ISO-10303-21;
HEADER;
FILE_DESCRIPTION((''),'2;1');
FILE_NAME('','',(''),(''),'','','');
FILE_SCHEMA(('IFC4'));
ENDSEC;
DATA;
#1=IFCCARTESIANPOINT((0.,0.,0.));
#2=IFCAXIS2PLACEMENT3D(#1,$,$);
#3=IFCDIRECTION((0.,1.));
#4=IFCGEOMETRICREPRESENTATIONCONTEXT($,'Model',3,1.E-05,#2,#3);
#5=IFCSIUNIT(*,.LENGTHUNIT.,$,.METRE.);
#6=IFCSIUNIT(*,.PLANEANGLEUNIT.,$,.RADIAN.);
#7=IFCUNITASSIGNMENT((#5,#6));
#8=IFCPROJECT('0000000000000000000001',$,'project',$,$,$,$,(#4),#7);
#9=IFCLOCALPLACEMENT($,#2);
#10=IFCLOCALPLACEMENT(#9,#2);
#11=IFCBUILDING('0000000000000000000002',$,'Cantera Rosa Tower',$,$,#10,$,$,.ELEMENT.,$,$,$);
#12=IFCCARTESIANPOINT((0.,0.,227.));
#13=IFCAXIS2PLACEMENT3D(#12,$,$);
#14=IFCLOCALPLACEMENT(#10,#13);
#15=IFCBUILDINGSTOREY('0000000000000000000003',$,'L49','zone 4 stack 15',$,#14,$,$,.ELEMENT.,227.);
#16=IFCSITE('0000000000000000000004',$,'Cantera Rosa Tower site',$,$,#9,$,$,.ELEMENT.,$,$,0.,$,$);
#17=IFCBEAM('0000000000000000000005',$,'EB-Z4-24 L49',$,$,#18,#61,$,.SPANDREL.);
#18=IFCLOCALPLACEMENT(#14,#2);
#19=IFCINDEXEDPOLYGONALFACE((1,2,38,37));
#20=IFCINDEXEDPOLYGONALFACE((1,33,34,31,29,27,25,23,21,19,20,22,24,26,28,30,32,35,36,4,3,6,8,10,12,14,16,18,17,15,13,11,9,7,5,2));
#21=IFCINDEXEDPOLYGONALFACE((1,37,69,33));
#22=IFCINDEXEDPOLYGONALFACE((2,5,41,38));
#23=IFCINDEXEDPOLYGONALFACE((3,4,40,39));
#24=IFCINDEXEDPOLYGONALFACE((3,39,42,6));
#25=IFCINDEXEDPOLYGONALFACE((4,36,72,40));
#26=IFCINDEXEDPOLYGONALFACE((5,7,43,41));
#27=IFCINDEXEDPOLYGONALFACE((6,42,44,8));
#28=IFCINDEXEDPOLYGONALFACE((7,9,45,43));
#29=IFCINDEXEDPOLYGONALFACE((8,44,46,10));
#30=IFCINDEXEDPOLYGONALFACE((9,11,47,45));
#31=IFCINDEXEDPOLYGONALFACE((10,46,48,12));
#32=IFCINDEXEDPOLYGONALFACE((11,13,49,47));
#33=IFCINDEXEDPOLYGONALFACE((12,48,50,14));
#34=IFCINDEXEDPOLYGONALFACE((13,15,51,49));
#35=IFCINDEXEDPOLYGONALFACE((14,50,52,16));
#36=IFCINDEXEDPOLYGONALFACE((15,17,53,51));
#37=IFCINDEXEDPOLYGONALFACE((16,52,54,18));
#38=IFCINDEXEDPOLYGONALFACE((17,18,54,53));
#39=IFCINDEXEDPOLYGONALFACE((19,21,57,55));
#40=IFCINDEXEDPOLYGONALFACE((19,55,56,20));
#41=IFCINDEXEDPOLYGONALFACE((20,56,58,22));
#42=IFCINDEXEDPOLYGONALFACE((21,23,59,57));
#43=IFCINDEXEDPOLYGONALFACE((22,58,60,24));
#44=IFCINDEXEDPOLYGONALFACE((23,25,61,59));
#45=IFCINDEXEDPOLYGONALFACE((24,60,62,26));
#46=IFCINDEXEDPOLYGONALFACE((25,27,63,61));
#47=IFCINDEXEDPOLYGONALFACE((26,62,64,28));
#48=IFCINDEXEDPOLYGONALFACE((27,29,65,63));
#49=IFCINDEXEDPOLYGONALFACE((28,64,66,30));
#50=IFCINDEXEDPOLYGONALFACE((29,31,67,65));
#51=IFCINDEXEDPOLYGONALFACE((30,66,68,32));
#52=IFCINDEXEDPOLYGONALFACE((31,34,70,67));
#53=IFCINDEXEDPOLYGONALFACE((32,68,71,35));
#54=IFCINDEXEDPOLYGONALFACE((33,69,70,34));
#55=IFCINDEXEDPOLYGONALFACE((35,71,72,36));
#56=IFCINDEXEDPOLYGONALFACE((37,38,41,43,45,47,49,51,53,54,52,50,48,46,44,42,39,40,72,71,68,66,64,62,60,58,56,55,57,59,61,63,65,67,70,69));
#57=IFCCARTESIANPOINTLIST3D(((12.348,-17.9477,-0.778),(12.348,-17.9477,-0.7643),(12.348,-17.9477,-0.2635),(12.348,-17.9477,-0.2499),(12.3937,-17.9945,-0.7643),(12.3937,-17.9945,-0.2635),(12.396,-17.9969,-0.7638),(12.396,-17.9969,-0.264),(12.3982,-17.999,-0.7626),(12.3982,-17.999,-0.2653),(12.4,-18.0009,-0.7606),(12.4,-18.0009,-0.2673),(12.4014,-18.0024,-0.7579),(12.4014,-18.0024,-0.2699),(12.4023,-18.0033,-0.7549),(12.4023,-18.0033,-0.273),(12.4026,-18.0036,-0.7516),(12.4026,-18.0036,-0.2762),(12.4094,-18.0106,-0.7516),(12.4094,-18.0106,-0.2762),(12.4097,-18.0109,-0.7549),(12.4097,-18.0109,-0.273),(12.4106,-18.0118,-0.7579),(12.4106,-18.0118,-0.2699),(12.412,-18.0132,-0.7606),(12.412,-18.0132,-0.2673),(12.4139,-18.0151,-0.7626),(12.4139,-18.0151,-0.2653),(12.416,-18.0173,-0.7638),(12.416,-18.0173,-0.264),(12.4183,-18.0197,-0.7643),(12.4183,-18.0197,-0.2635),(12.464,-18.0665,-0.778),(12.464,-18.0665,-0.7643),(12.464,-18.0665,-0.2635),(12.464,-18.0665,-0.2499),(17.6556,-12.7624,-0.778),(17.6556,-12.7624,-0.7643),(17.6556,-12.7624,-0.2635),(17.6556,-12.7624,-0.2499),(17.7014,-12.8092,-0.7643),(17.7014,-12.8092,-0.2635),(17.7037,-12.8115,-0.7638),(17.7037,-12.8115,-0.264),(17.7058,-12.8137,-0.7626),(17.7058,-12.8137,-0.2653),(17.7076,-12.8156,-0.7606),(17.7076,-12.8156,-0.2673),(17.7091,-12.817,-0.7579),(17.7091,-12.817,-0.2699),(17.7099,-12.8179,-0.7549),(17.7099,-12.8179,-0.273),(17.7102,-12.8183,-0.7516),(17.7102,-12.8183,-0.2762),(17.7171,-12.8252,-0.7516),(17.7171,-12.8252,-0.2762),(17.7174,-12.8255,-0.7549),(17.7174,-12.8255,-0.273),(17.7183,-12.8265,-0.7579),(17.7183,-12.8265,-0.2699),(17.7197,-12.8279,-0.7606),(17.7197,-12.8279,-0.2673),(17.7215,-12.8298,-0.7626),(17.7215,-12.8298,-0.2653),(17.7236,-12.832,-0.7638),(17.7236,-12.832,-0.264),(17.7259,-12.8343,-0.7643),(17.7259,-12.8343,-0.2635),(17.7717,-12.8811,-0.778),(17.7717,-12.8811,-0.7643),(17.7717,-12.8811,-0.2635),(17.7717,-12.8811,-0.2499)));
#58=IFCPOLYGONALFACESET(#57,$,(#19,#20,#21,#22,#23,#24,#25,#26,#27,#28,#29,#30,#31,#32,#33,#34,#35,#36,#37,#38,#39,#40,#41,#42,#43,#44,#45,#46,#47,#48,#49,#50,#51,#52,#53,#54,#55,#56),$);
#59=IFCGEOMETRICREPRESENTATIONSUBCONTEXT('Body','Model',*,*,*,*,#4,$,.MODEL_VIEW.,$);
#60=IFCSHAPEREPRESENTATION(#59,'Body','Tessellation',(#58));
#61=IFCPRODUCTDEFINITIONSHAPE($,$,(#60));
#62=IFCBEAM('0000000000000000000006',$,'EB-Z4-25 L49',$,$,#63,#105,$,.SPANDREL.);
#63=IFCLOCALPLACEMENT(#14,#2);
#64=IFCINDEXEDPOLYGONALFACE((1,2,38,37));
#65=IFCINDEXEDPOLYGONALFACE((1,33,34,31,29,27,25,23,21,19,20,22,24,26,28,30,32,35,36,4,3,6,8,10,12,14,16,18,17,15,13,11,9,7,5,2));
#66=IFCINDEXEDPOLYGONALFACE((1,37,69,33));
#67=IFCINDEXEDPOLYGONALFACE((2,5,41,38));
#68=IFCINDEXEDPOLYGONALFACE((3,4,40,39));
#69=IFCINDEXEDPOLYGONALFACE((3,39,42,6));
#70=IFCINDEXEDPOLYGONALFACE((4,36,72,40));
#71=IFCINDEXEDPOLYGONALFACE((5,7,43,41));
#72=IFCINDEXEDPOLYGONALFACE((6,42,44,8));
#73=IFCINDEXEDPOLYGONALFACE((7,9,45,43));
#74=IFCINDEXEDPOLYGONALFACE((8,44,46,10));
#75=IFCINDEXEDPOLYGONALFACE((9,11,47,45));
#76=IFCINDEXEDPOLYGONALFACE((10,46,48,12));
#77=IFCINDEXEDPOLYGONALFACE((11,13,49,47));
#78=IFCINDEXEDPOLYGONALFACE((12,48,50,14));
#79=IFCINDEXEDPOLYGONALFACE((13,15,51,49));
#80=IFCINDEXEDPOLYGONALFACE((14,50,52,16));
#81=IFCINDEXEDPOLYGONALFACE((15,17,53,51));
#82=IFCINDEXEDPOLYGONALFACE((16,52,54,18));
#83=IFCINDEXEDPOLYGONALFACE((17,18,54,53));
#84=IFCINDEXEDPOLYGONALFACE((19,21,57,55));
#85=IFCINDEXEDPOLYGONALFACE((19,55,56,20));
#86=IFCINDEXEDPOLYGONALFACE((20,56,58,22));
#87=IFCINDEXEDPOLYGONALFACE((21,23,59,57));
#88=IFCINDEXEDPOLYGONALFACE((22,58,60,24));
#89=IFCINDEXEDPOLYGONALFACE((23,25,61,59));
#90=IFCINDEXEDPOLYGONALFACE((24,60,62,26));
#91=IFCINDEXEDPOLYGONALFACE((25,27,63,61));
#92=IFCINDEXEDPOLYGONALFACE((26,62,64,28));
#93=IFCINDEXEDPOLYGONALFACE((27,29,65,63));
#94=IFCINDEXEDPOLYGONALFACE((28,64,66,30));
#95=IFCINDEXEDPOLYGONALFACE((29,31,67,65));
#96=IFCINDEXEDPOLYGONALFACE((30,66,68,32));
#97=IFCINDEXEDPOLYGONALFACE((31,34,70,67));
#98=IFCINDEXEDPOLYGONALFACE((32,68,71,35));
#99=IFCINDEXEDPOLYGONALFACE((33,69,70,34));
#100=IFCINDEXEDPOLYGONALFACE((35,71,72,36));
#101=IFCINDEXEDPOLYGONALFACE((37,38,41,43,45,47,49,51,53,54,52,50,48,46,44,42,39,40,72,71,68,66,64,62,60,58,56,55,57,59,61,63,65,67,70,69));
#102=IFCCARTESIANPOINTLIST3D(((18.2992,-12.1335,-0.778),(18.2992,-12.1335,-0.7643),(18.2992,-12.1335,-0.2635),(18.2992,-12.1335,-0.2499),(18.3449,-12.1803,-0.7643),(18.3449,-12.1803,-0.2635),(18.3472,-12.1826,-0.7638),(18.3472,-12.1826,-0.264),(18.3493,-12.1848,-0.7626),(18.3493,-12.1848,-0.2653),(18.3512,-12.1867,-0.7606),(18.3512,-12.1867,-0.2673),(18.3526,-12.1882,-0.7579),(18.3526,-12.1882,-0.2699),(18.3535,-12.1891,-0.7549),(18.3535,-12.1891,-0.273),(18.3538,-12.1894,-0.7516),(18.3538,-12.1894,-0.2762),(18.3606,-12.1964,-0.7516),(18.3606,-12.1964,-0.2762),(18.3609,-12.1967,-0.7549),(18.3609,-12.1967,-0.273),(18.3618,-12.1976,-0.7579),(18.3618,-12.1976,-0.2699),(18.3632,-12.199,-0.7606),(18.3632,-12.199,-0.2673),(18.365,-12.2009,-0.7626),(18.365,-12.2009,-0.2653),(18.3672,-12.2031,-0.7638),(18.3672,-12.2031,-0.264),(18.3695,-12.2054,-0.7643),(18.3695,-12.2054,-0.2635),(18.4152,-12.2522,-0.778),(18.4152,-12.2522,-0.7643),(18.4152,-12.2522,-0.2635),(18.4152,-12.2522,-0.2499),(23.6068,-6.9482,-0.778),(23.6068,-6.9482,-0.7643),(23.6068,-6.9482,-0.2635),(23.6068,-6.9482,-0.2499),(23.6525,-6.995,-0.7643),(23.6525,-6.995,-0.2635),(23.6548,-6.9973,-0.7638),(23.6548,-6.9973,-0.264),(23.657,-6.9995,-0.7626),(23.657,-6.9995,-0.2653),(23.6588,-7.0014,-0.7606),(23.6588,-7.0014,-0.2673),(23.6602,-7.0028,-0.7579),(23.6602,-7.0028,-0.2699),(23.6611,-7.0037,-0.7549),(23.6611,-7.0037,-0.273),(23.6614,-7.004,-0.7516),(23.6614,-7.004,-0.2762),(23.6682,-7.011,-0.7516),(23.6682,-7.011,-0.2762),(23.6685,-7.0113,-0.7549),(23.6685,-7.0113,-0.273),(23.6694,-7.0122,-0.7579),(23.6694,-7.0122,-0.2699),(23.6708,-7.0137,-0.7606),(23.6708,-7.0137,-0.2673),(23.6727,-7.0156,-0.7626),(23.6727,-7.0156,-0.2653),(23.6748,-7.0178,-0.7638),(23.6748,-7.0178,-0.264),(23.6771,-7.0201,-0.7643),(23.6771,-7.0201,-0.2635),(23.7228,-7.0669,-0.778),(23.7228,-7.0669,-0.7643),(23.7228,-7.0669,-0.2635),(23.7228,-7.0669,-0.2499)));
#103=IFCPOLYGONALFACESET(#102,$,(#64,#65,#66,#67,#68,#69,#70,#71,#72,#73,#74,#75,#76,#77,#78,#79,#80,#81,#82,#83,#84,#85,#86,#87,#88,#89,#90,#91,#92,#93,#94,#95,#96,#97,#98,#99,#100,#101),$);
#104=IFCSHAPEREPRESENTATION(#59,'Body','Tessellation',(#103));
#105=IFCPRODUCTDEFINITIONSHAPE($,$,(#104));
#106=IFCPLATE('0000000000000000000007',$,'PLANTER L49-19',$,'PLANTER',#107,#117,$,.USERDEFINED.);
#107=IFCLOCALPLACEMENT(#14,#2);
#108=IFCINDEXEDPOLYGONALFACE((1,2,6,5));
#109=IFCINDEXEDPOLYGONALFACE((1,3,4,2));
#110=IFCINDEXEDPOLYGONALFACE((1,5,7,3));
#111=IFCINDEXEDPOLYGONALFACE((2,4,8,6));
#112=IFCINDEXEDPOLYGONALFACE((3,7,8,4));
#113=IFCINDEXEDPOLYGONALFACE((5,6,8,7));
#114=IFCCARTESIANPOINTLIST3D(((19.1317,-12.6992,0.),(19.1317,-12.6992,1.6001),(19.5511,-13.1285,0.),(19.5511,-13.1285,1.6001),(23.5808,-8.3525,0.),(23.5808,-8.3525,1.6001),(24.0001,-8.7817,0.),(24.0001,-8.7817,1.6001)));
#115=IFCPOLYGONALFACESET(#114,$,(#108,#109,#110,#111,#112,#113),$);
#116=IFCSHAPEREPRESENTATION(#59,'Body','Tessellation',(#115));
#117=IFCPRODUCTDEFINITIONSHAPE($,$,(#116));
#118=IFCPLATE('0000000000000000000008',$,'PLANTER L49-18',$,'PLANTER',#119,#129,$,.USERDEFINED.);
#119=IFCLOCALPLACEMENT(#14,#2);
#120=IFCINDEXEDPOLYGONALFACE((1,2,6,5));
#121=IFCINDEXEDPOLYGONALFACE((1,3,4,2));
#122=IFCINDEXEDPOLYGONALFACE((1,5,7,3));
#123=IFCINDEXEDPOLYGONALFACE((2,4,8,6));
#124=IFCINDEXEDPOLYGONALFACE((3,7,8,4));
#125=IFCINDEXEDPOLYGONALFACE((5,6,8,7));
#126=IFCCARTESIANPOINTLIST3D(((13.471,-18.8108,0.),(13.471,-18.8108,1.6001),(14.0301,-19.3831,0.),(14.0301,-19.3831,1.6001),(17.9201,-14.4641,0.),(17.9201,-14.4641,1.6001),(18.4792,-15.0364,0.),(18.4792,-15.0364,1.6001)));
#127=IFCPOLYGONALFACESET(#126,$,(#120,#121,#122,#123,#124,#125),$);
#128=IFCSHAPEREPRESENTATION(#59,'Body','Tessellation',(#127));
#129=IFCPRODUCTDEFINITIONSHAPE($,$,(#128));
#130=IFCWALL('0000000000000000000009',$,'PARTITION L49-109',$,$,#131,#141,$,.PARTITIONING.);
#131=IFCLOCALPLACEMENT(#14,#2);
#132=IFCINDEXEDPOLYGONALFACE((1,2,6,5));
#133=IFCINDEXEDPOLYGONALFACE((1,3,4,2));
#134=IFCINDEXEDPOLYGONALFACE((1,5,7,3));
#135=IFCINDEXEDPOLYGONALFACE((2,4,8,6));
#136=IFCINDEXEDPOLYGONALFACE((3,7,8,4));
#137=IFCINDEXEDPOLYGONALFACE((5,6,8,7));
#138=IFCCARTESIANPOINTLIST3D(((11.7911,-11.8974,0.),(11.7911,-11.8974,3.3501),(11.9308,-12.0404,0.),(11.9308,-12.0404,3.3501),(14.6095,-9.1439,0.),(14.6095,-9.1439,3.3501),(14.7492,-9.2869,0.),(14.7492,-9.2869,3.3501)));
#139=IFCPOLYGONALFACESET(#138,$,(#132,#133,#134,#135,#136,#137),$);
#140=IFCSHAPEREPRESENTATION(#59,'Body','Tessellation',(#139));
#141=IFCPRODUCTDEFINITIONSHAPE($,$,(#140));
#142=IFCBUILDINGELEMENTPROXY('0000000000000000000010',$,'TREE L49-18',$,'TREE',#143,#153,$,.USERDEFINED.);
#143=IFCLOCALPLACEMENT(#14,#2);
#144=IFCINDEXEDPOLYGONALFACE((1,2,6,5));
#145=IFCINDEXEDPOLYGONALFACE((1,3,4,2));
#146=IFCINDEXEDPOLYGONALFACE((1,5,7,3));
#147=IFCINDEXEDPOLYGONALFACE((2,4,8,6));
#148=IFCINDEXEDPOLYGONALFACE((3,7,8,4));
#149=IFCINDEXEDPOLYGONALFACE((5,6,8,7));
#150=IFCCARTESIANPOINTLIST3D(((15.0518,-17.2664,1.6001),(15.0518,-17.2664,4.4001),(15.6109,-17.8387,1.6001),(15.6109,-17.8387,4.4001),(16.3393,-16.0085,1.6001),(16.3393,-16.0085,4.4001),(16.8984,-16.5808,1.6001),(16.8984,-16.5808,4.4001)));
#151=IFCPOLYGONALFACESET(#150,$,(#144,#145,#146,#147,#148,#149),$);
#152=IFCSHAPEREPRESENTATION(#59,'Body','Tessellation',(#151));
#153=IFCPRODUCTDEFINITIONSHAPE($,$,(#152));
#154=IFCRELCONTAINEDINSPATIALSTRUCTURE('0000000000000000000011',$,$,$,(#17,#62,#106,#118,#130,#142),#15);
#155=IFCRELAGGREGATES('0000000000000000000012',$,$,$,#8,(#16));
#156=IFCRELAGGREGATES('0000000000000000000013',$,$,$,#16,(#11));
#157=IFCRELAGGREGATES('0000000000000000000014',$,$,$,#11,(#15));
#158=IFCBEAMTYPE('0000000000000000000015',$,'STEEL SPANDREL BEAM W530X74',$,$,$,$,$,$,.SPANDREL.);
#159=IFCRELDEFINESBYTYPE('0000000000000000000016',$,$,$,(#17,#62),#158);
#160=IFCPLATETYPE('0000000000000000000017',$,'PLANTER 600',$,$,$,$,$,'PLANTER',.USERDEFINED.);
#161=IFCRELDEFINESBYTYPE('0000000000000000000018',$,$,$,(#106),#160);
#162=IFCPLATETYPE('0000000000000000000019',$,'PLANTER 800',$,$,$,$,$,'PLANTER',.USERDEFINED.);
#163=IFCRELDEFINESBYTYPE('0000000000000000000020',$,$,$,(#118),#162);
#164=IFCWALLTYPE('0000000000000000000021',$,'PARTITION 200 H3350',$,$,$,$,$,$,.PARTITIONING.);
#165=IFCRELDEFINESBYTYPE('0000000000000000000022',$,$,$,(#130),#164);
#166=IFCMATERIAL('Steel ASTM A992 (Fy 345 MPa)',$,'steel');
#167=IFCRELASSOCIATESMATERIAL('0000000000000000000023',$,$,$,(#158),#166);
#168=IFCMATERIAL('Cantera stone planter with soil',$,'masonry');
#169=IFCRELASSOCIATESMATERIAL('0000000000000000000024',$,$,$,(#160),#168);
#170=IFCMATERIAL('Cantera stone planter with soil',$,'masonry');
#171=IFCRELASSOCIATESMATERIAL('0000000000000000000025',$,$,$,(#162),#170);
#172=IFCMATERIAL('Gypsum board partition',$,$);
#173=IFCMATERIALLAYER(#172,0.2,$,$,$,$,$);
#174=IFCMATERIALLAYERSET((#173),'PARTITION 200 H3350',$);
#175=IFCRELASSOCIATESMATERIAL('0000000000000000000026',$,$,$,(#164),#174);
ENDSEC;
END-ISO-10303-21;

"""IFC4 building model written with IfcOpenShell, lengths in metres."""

from ifc_helpers import new_model, si_unit, direction, frame, frame_2d, origin, origin_2d, place, context, subcontext, project, spatial, rectangle, i_section, extrude, material, layer, layer_set, material_profile, profile_set, type_object, element, save


model = new_model("IFC4")

# Units and contexts
model_context = context("Model", 3, precision=1e-05, world=origin(), true_north=direction((0.0, 1.0)))
body_context = subcontext(model_context, "Body", "Model", "MODEL_VIEW")
ifc_project = project(units=[si_unit("LENGTHUNIT", "METRE"), si_unit("PLANEANGLEUNIT", "RADIAN")], contexts=[model_context])

# Site, building, storey
site_placement = place(None, origin())
site = spatial("IfcSite", under=ifc_project, at=site_placement, Name="Cantera Rosa Tower site", CompositionType="ELEMENT", RefElevation=0.0)
building_placement = place(site_placement, origin())
building = spatial("IfcBuilding", under=site, at=building_placement, Name="Cantera Rosa Tower", CompositionType="ELEMENT")
storey_placement = place(building_placement, frame((0.0, 0.0, 227.0)))
storey = spatial("IfcBuildingStorey", under=building, at=storey_placement, Name="L49", Description="zone 4 stack 15", CompositionType="ELEMENT", Elevation=227.0)

# Beams
ifc_material_1 = material(Name="Steel ASTM A992 (Fy 345 MPa)", Category="steel")
ifc_material_profile_1 = material_profile(ifc_material_1, i_section(OverallWidth=0.166, OverallDepth=0.5281, WebThickness=0.0098, FlangeThickness=0.0137, FilletRadius=0.0127, at=origin_2d()), Name="W530X74")
ifc_profile_set_1 = profile_set([ifc_material_profile_1], Name="Steel ASTM A992 (Fy 345 MPa)")
beam_type_1 = type_object("IfcBeamType", Name="STEEL SPANDREL BEAM W530X74", PredefinedType="SPANDREL", material=ifc_profile_set_1)
for number, where, z_axis, x_axis, name in (
    (1, (12.406, -18.0071, -0.5139), (0.715301, 0.698817, 0.0), (-0.698817, 0.715301, 0.0), "EB-Z4-24 L49"),
    (2, (18.3572, -12.1929, -0.5139), (0.715301, 0.698817, 0.0), (-0.698817, 0.715301, 0.0), "EB-Z4-25 L49"),
):
    element("IfcBeam", number, at=place(storey_placement, frame(where, z_axis=z_axis, x_axis=x_axis)), inside=storey, type_object=beam_type_1, Name=name, PredefinedType="SPANDREL", context=body_context, shape_type="SweptSolid", body=[
        extrude(i_section(OverallWidth=0.166, OverallDepth=0.5281, WebThickness=0.0098, FlangeThickness=0.0137, FilletRadius=0.0127, at=origin_2d()), origin(), (0.0, 0.0, 1.0), 7.4202),
    ])

# Plates
ifc_material_2 = material(Name="Cantera stone planter with soil", Category="masonry")
plate_type_1 = type_object("IfcPlateType", Name="PLANTER 600", ElementType="PLANTER", PredefinedType="USERDEFINED", material=ifc_material_2)
plate_1_placement = place(storey_placement, frame((21.5659, -10.7405, 0.0), z_axis=(0.0, 0.0, 1.0), x_axis=(0.715286, 0.698832, 0.0)))
element("IfcPlate", 3, at=plate_1_placement, inside=storey, type_object=plate_type_1, Name="PLANTER L49-19", ObjectType="PLANTER", PredefinedType="USERDEFINED", context=body_context, shape_type="SweptSolid", body=[
    extrude(rectangle(XDim=6.22, YDim=0.6001, at=origin_2d()), origin(), (0.0, 0.0, 1.0), 1.6001),
])
ifc_material_3 = material(Name="Cantera stone planter with soil", Category="masonry")
plate_type_2 = type_object("IfcPlateType", Name="PLANTER 800", ElementType="PLANTER", PredefinedType="USERDEFINED", material=ifc_material_3)
plate_2_placement = place(storey_placement, frame((15.9751, -16.9236, 0.0), z_axis=(0.0, 0.0, 1.0), x_axis=(0.715286, 0.698832, 0.0)))
element("IfcPlate", 4, at=plate_2_placement, inside=storey, type_object=plate_type_2, Name="PLANTER L49-18", ObjectType="PLANTER", PredefinedType="USERDEFINED", context=body_context, shape_type="SweptSolid", body=[
    extrude(rectangle(XDim=6.22, YDim=0.8, at=origin_2d()), origin(), (0.0, 0.0, 1.0), 1.6001),
])

# Wall
ifc_material_4 = material(Name="Gypsum board partition")
ifc_layer_1 = layer(ifc_material_4, 0.2)
ifc_layer_set_1 = layer_set([ifc_layer_1], Name="PARTITION 200 H3350")
wall_type_1 = type_object("IfcWallType", Name="PARTITION 200 H3350", PredefinedType="PARTITIONING", material=ifc_layer_set_1)
wall_1_placement = place(storey_placement, frame((14.6794, -9.2153, 0.0), z_axis=(0.0, 0.0, 1.0), x_axis=(-0.7153, -0.698818, 0.0)))
element("IfcWall", 5, at=wall_1_placement, inside=storey, type_object=wall_type_1, Name="PARTITION L49-109", PredefinedType="PARTITIONING", context=body_context, shape_type="SweptSolid", body=[
    extrude(rectangle(XDim=3.9402, YDim=0.2, at=frame_2d((1.9702, 0.0))), origin(), (0.0, 0.0, 1.0), 3.3501),
])

# Building element proxy
proxy_placement = place(storey_placement, frame((15.9751, -16.9236, 1.6001), z_axis=(0.0, 0.0, 1.0), x_axis=(0.715286, 0.698832, 0.0)))
element("IfcBuildingElementProxy", 6, at=proxy_placement, inside=storey, Name="TREE L49-18", ObjectType="TREE", PredefinedType="USERDEFINED", context=body_context, shape_type="SweptSolid", body=[
    extrude(rectangle(XDim=1.8, YDim=0.8, at=origin_2d()), origin(), (0.0, 0.0, 1.0), 2.8),
])

save(model, "model.ifc")
